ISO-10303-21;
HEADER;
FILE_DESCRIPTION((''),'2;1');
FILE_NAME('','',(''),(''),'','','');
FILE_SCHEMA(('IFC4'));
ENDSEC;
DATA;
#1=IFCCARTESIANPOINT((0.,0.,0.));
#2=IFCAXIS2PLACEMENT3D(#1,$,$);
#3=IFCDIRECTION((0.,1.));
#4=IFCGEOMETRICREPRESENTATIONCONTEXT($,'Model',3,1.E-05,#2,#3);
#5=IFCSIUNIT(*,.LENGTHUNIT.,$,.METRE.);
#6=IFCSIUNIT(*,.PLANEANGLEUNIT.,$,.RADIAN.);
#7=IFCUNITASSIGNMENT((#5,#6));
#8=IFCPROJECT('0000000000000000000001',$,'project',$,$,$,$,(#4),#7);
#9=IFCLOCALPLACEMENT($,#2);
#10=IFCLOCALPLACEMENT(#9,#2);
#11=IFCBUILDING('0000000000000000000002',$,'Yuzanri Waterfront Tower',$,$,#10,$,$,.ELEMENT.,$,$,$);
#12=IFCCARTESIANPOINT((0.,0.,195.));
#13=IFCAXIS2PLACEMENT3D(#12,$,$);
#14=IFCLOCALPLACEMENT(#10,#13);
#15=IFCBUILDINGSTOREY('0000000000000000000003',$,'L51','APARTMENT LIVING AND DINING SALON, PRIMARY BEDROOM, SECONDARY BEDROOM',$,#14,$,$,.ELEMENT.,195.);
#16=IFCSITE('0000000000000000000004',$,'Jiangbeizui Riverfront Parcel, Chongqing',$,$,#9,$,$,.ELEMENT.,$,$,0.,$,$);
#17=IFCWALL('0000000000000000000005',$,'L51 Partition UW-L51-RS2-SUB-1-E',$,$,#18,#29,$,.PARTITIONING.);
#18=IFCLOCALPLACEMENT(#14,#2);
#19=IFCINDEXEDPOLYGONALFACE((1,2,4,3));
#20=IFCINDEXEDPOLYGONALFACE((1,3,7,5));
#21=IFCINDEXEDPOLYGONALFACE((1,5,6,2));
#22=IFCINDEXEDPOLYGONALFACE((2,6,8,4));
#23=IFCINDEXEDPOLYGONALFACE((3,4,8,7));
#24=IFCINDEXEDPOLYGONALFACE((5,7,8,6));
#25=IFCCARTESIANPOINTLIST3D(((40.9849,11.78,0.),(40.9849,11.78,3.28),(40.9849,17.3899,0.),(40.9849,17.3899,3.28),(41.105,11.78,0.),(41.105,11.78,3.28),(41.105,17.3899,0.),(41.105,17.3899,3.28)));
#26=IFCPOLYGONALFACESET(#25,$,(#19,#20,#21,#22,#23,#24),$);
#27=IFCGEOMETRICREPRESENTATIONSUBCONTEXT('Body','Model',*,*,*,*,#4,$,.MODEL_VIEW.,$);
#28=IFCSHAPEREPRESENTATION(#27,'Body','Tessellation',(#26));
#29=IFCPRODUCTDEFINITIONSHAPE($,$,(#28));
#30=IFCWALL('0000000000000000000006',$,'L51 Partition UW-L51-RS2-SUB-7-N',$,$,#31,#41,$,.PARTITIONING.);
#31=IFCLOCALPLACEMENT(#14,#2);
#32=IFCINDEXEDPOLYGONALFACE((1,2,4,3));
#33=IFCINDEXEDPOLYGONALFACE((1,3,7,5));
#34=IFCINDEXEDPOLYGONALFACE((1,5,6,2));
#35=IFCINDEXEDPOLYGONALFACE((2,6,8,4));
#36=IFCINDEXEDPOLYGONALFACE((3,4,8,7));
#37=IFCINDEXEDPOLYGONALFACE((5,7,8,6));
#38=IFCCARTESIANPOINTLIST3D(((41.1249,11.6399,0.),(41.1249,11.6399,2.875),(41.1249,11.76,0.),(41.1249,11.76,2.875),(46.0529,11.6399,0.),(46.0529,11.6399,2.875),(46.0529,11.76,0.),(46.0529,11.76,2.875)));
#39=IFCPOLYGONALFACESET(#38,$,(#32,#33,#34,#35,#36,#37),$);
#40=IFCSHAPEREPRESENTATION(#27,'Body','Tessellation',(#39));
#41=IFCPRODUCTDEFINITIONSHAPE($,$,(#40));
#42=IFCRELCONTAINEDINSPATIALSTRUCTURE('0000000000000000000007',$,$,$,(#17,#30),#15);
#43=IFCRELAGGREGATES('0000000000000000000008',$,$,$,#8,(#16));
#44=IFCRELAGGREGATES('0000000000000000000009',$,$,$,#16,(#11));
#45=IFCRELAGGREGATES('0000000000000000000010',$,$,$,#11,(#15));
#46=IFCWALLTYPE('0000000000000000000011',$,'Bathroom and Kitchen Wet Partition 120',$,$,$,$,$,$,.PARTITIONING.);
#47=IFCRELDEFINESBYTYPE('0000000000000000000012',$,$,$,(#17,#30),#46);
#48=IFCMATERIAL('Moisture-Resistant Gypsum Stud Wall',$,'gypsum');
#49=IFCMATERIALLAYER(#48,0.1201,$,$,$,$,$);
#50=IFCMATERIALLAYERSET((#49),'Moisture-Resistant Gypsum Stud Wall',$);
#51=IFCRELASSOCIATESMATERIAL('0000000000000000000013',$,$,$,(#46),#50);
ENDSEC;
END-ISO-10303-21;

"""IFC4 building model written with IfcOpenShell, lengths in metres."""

from ifc_helpers import new_model, si_unit, direction, frame, frame_2d, origin, place, context, subcontext, project, spatial, rectangle, extrude, source, transform, mapped, material, layer, layer_set, type_object, element, save


model = new_model("IFC4")

# Units and contexts
model_context = context("Model", 3, precision=1e-05, world=origin(), true_north=direction((0.0, 1.0)))
body_context = subcontext(model_context, "Body", "Model", "MODEL_VIEW")
ifc_project = project(units=[si_unit("LENGTHUNIT", "METRE"), si_unit("PLANEANGLEUNIT", "RADIAN")], contexts=[model_context])

# Site, building, storey
site_placement = place(None, origin())
site = spatial("IfcSite", under=ifc_project, at=site_placement, Name="Jiangbeizui Riverfront Parcel, Chongqing", CompositionType="ELEMENT", RefElevation=0.0)
building_placement = place(site_placement, origin())
building = spatial("IfcBuilding", under=site, at=building_placement, Name="Yuzanri Waterfront Tower", CompositionType="ELEMENT")
storey_placement = place(building_placement, frame((0.0, 0.0, 195.0)))
storey = spatial("IfcBuildingStorey", under=building, at=storey_placement, Name="L51", Description="APARTMENT LIVING AND DINING SALON, PRIMARY BEDROOM, SECONDARY BEDROOM", CompositionType="ELEMENT", Elevation=195.0)

# Shared definitions
ifc_material_1 = material(Name="Moisture-Resistant Gypsum Stud Wall", Category="gypsum")
ifc_layer_1 = layer(ifc_material_1, 0.1201)
ifc_layer_set_1 = layer_set([ifc_layer_1], Name="Moisture-Resistant Gypsum Stud Wall")
wall_type_1 = type_object("IfcWallType", Name="Bathroom and Kitchen Wet Partition 120", PredefinedType="PARTITIONING", material=ifc_layer_set_1)

# Walls
shared_shape_1 = source(origin(), body_context, "Body", "SweptSolid", [
    extrude(rectangle(XDim=5.6099, YDim=0.1201, at=frame_2d((2.8049, 0.0))), origin(), (0.0, 0.0, 1.0), 3.28),
])
wall_1_placement = place(storey_placement, frame((41.0449, 11.78, 0.0), z_axis=(0.0, 0.0, 1.0), x_axis=(0.0, 1.0, 0.0)))
element("IfcWall", 1, at=wall_1_placement, inside=storey, type_object=wall_type_1, Name="L51 Partition UW-L51-RS2-SUB-1-E", PredefinedType="PARTITIONING", context=body_context, shape_type="MappedRepresentation", body=[
    mapped(shared_shape_1, transform((0.0, 0.0, 0.0), scale=1.0)),
])
shared_shape_2 = source(origin(), body_context, "Body", "SweptSolid", [
    extrude(rectangle(XDim=4.928, YDim=0.1201, at=frame_2d((2.4639, 0.0))), origin(), (0.0, 0.0, 1.0), 2.875),
])
wall_2_placement = place(storey_placement, frame((41.125, 11.7, 0.0), z_axis=(0.0, 0.0, 1.0), x_axis=(1.0, 0.0, 0.0)))
element("IfcWall", 2, at=wall_2_placement, inside=storey, type_object=wall_type_1, Name="L51 Partition UW-L51-RS2-SUB-7-N", PredefinedType="PARTITIONING", context=body_context, shape_type="MappedRepresentation", body=[
    mapped(shared_shape_2, transform((0.0, 0.0, 0.0), scale=1.0)),
])

save(model, "model.ifc")
